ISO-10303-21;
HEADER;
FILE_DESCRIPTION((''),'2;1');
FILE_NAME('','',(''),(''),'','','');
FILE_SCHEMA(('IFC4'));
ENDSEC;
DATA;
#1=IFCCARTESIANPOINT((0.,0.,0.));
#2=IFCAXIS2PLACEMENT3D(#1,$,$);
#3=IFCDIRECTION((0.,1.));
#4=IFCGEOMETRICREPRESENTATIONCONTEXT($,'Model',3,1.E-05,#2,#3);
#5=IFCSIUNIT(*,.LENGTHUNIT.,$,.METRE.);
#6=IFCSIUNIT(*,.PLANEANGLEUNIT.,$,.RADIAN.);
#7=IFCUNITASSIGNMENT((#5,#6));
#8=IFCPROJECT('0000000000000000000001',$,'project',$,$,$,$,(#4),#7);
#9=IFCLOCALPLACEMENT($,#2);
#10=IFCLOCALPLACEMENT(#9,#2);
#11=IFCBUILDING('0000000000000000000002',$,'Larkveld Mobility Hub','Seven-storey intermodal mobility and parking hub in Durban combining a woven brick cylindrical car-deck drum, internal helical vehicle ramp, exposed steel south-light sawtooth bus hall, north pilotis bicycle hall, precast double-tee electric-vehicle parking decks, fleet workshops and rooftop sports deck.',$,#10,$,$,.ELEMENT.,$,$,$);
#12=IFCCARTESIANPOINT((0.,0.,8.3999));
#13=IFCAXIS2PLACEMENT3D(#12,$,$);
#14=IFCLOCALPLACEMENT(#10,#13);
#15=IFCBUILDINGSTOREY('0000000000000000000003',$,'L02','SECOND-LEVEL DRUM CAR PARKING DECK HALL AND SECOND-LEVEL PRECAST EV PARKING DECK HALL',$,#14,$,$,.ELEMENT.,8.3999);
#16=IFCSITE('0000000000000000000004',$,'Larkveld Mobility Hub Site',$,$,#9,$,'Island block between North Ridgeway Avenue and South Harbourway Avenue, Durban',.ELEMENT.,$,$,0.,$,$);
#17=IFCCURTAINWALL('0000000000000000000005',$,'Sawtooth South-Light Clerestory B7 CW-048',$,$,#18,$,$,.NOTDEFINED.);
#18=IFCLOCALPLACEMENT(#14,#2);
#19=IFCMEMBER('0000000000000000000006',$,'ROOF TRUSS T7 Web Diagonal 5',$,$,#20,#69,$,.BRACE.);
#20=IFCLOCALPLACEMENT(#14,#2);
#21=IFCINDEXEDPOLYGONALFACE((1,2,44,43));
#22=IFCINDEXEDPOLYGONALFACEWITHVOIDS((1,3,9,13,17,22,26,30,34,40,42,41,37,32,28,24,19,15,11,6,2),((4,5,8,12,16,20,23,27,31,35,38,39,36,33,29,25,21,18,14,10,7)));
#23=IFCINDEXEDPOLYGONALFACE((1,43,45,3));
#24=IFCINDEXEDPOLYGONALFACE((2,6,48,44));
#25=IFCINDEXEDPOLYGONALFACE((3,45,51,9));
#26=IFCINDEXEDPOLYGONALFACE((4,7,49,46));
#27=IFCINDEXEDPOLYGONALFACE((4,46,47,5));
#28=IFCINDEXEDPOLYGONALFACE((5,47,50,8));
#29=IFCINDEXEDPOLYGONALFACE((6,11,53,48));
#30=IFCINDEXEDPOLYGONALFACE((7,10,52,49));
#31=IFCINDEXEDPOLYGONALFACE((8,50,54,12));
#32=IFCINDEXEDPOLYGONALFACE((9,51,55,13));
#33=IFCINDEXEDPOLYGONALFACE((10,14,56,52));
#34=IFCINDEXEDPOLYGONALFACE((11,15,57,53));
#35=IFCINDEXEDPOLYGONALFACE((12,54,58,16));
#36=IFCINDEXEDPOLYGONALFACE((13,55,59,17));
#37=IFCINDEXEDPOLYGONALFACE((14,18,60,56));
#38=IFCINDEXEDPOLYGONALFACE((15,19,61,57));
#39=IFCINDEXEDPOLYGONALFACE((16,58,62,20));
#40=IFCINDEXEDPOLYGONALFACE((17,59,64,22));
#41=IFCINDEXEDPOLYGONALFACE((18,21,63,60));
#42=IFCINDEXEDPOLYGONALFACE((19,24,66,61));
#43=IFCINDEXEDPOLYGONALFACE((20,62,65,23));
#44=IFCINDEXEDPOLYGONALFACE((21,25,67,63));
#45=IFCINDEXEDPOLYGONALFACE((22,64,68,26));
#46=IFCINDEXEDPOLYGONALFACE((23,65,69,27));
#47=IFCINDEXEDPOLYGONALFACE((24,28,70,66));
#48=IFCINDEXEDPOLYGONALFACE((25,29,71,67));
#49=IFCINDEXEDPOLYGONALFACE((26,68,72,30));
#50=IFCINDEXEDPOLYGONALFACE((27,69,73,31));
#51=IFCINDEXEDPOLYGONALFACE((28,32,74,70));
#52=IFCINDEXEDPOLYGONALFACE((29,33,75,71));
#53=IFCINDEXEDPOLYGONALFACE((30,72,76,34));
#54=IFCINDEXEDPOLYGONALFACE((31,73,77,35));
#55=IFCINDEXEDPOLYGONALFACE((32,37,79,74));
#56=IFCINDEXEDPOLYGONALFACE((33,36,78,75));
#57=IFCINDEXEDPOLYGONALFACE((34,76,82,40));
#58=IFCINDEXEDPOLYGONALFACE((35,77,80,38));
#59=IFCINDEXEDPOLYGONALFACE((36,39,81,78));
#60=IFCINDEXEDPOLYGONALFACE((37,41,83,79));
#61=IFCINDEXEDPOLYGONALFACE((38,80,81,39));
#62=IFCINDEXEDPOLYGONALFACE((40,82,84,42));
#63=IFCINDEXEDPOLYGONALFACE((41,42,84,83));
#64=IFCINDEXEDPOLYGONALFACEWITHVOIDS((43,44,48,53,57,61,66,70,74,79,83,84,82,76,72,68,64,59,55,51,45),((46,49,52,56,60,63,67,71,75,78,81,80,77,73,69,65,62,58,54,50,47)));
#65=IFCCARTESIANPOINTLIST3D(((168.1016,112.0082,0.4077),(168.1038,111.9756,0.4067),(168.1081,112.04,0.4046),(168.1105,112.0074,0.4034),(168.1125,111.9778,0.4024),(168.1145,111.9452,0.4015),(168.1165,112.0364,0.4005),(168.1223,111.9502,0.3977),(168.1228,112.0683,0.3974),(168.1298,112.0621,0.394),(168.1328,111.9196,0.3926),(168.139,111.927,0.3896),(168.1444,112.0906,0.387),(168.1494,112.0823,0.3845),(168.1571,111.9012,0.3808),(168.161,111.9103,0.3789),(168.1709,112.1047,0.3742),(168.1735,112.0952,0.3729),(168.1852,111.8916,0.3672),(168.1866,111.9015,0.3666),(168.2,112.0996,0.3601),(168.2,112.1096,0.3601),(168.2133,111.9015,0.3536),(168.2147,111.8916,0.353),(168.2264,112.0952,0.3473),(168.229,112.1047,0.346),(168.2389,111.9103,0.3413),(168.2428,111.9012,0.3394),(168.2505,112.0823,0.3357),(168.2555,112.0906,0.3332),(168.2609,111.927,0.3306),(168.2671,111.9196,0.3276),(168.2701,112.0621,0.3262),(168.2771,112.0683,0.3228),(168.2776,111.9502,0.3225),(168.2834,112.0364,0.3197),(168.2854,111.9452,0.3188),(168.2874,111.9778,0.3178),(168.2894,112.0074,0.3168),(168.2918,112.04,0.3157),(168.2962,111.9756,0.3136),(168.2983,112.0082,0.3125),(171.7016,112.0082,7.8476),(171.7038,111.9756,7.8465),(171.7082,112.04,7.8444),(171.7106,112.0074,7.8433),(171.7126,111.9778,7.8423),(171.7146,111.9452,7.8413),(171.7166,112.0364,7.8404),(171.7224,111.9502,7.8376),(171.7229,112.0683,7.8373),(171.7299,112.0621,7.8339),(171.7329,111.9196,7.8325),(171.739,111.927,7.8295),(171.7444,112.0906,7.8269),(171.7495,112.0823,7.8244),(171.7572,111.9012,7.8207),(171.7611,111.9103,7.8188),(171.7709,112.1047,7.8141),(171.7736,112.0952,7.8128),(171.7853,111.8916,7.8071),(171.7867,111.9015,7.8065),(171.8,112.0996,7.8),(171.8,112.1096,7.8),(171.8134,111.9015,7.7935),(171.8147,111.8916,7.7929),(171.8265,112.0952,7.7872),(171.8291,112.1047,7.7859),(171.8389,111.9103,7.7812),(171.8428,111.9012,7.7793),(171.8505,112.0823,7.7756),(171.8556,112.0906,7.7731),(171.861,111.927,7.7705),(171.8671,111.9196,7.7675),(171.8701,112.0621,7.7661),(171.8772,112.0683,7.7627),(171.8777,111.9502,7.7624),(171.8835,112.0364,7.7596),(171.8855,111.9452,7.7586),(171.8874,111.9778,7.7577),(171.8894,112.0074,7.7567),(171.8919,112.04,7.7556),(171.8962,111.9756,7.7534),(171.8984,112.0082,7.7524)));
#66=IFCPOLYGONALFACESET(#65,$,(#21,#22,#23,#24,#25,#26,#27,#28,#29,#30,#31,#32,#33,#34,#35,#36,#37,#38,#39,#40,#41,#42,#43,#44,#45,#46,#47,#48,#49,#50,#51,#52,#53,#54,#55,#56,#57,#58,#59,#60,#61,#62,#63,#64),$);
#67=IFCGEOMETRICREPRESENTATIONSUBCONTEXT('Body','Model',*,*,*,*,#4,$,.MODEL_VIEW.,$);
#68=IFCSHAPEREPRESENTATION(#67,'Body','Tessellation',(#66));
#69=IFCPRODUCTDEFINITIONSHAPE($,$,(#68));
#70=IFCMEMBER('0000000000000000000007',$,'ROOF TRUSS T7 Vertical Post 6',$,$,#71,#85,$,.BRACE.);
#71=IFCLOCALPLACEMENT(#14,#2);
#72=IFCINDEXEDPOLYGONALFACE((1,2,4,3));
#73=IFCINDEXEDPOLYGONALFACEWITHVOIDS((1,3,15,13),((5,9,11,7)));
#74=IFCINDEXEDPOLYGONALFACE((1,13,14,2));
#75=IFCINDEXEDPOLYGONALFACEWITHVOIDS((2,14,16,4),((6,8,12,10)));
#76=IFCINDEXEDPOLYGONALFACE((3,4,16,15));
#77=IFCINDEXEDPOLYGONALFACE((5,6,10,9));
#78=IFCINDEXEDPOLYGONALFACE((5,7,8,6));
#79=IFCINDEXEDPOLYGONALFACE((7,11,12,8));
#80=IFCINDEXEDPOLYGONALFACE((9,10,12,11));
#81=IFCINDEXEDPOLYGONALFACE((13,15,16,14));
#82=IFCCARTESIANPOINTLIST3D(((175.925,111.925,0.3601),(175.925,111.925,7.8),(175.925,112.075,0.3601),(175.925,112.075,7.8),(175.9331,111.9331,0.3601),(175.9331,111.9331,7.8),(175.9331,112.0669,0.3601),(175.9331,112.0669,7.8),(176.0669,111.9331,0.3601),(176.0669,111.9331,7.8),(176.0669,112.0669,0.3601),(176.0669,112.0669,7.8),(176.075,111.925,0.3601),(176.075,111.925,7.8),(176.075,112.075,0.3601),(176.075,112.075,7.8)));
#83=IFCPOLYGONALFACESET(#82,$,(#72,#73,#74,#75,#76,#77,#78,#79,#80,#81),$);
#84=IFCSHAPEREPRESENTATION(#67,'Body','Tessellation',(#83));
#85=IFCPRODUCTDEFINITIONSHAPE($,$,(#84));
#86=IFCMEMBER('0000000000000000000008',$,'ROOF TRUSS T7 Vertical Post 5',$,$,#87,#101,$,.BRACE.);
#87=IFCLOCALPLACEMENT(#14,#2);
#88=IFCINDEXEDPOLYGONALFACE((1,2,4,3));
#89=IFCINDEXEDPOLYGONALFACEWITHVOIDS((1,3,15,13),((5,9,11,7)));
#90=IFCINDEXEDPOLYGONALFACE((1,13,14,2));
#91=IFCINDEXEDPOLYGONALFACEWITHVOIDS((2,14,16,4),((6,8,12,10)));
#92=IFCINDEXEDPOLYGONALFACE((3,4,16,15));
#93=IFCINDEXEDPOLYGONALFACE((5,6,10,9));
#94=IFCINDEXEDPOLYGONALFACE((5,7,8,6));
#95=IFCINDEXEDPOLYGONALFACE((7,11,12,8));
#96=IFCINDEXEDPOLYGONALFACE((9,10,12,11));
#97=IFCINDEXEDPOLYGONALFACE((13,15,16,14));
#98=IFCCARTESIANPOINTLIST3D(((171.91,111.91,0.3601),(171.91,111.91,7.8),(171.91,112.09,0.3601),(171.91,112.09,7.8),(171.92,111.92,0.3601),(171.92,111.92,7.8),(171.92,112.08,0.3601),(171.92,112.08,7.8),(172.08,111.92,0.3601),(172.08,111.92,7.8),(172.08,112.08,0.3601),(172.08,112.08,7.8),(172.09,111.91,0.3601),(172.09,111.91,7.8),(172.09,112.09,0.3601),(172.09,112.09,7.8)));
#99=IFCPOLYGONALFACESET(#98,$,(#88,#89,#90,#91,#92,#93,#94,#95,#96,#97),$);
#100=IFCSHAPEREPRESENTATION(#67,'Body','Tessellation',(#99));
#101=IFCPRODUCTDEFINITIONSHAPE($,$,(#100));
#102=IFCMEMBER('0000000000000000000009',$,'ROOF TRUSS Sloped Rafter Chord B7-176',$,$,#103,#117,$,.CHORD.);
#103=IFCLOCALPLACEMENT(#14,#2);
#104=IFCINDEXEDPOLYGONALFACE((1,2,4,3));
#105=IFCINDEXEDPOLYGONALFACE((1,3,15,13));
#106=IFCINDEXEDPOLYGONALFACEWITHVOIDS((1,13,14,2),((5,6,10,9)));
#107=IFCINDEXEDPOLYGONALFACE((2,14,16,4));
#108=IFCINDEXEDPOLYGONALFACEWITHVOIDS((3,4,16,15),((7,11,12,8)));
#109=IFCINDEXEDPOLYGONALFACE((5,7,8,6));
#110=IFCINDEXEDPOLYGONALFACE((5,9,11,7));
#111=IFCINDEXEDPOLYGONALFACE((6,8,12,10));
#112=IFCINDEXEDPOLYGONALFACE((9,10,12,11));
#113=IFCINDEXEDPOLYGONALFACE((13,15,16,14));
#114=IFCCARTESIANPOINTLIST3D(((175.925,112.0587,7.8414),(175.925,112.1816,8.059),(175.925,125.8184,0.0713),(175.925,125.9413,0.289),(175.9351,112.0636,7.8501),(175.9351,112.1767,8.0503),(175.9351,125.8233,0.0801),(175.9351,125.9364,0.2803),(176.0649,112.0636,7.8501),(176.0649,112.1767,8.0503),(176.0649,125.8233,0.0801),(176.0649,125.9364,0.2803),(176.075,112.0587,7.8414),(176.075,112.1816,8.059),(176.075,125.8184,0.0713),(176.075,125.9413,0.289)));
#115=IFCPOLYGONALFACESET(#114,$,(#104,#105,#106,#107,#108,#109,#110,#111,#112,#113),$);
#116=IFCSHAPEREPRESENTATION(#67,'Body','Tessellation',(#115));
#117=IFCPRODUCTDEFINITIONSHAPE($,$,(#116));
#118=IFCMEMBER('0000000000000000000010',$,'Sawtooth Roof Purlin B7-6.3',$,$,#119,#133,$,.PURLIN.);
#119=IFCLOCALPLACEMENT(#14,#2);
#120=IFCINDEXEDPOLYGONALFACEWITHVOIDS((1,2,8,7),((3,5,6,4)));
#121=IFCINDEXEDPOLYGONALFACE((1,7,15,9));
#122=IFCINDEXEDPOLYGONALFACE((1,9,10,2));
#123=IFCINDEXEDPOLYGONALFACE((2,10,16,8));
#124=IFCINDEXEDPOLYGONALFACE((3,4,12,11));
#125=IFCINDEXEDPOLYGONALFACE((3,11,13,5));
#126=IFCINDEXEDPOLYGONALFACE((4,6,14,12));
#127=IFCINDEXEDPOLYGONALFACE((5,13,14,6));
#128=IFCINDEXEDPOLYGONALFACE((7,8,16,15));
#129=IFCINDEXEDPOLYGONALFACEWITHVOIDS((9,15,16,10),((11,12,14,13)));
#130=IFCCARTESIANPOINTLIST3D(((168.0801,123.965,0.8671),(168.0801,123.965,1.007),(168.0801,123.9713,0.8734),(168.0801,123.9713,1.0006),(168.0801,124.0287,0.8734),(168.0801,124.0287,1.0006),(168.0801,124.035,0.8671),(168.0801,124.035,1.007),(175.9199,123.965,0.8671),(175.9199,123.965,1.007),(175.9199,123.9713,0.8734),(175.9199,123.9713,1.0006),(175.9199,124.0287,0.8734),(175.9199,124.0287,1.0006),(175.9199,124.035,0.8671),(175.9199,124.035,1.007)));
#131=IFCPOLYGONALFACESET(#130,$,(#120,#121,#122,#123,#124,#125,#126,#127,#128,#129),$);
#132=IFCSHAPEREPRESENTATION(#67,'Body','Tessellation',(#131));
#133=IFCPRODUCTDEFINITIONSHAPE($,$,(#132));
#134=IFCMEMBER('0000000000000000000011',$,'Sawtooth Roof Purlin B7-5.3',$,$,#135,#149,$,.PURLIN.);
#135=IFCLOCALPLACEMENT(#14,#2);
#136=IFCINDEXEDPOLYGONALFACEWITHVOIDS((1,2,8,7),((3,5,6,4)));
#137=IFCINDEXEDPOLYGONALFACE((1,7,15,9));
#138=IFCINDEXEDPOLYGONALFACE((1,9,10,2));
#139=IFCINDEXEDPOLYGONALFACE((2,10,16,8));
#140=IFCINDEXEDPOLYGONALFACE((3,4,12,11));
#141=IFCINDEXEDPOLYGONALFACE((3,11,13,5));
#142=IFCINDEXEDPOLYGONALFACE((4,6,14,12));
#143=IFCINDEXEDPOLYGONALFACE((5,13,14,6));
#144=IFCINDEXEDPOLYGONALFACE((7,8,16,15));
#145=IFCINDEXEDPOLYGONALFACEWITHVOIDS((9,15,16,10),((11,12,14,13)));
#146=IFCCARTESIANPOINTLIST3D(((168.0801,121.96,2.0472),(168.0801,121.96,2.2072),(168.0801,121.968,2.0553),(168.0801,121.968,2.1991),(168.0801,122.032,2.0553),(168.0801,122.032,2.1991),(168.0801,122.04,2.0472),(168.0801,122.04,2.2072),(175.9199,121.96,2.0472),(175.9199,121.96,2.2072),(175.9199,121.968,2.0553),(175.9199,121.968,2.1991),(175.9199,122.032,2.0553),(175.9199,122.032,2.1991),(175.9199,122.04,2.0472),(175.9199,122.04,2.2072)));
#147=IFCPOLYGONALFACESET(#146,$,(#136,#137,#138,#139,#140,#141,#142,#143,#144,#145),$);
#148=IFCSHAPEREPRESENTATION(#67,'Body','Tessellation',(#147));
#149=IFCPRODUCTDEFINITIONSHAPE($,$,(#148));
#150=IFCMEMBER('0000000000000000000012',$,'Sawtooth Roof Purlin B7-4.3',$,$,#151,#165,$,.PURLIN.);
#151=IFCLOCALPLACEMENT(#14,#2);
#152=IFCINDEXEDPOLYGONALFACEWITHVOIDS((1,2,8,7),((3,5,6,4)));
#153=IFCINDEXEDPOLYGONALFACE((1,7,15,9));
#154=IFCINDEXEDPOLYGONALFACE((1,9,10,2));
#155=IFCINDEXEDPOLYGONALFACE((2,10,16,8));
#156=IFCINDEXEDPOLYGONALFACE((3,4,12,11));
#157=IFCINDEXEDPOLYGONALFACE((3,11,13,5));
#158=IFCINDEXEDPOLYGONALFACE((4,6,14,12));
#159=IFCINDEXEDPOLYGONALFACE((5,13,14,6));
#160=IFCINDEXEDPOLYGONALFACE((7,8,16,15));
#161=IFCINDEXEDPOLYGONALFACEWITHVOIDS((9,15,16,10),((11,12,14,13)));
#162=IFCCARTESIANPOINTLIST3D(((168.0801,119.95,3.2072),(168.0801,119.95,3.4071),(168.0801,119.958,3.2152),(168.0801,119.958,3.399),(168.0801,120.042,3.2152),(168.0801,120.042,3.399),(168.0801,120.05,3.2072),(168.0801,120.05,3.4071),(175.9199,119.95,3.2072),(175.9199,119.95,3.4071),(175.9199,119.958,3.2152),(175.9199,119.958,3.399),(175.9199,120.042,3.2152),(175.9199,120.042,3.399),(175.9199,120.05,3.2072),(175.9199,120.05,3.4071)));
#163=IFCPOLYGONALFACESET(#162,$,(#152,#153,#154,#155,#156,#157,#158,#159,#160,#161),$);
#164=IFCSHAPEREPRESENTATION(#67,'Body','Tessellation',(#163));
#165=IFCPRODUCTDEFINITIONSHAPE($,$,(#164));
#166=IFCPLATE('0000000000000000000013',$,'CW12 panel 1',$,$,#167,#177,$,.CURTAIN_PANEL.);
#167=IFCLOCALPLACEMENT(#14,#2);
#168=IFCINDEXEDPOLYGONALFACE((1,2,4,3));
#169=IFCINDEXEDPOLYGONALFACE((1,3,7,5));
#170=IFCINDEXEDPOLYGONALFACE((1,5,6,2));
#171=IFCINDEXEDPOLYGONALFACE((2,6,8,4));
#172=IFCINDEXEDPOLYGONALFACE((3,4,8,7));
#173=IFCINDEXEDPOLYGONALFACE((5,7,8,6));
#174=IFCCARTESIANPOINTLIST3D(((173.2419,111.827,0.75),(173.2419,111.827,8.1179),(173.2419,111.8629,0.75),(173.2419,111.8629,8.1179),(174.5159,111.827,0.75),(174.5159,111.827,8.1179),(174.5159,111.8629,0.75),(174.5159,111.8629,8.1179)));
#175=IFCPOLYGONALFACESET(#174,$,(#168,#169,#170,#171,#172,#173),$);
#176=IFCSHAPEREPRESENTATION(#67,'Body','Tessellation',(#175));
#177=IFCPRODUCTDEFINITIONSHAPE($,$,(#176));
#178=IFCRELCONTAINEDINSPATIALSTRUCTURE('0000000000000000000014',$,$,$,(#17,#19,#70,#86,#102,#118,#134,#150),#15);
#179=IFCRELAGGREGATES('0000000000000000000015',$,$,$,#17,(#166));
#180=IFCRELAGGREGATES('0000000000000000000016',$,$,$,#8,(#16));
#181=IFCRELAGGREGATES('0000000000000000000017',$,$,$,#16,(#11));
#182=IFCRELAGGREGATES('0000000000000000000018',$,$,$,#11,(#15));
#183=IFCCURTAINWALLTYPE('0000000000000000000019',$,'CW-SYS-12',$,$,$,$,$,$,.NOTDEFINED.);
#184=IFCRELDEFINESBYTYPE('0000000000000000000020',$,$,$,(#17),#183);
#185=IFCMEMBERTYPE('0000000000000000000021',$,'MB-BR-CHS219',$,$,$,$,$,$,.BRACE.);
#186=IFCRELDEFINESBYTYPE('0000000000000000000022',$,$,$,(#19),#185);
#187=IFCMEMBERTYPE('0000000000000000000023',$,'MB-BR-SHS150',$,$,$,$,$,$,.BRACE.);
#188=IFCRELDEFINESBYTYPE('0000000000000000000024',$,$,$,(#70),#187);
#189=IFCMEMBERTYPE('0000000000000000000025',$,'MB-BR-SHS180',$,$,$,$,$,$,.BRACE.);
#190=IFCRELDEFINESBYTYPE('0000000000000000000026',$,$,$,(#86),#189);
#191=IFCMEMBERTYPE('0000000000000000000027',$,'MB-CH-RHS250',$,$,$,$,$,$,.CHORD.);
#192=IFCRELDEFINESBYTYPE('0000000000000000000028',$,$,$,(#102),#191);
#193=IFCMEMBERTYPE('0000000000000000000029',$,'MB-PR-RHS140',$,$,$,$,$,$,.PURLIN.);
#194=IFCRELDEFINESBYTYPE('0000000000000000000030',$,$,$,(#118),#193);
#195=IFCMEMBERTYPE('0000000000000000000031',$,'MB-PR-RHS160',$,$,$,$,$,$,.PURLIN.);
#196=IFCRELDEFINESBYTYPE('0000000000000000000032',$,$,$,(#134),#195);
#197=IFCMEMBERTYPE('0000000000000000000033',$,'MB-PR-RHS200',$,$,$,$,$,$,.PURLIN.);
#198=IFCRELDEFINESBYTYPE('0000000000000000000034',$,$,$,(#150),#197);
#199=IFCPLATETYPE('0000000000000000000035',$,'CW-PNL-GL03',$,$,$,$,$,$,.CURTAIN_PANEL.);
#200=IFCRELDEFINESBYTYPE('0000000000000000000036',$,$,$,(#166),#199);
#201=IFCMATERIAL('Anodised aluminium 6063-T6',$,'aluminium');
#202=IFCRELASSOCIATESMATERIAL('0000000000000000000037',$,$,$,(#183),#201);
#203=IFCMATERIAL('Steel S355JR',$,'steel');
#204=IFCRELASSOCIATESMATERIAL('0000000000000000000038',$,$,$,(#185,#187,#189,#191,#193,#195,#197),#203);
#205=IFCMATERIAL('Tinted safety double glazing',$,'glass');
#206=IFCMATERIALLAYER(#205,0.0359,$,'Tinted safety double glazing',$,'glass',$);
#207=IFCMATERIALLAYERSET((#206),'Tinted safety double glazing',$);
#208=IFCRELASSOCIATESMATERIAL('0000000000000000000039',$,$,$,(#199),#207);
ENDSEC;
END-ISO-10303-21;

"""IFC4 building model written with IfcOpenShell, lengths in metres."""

from ifc_helpers import new_model, si_unit, direction, frame, origin, origin_2d, place, context, subcontext, project, spatial, rectangle, hollow_rectangle, hollow_circle, extrude, material, layer, layer_set, material_profile, profile_set, type_object, element, aggregate, save


model = new_model("IFC4")

# Units and contexts
model_context = context("Model", 3, precision=1e-05, world=origin(), true_north=direction((0.0, 1.0)))
body_context = subcontext(model_context, "Body", "Model", "MODEL_VIEW")
ifc_project = project(units=[si_unit("LENGTHUNIT", "METRE"), si_unit("PLANEANGLEUNIT", "RADIAN")], contexts=[model_context])

# Site, building, storey
site_placement = place(None, origin())
site = spatial("IfcSite", under=ifc_project, at=site_placement, Name="Larkveld Mobility Hub Site", LongName="Island block between North Ridgeway Avenue and South Harbourway Avenue, Durban", CompositionType="ELEMENT", RefElevation=0.0)
building_placement = place(site_placement, origin())
building = spatial("IfcBuilding", under=site, at=building_placement, Name="Larkveld Mobility Hub", Description="Seven-storey intermodal mobility and parking hub in Durban combining a woven brick cylindrical car-deck drum, internal helical vehicle ramp, exposed steel south-light sawtooth bus hall, north pilotis bicycle hall, precast double-tee electric-vehicle parking decks, fleet workshops and rooftop sports deck.", CompositionType="ELEMENT")
storey_placement = place(building_placement, frame((0.0, 0.0, 8.3999)))
storey = spatial("IfcBuildingStorey", under=building, at=storey_placement, Name="L02", Description="SECOND-LEVEL DRUM CAR PARKING DECK HALL AND SECOND-LEVEL PRECAST EV PARKING DECK HALL", CompositionType="ELEMENT", Elevation=8.3999)

# Curtain wall
ifc_material_1 = material(Name="Anodised aluminium 6063-T6", Category="aluminium")
curtain_wall_type = type_object("IfcCurtainWallType", Name="CW-SYS-12", PredefinedType="NOTDEFINED", material=ifc_material_1)
curtain_wall_placement = place(storey_placement, origin())
curtain_wall = element("IfcCurtainWall", 1, at=curtain_wall_placement, inside=storey, type_object=curtain_wall_type, Name="Sawtooth South-Light Clerestory B7 CW-048", PredefinedType="NOTDEFINED")

# Members
ifc_material_2 = material(Name="Steel S355JR", Category="steel")
ifc_material_profile_1 = material_profile(ifc_material_2, hollow_circle(Radius=0.1096, WallThickness=0.01, at=origin_2d()), Name="CHS 219.1x10")
ifc_profile_set_1 = profile_set([ifc_material_profile_1], Name="Steel S355JR")
member_type_1 = type_object("IfcMemberType", Name="MB-BR-CHS219", PredefinedType="BRACE", material=ifc_profile_set_1)
member_1_placement = place(storey_placement, frame((168.2, 112.0, 0.3601), z_axis=(0.435573, 0.0, 0.900153), x_axis=(0.0, 1.0, 0.0)))
element("IfcMember", 2, at=member_1_placement, inside=storey, type_object=member_type_1, Name="ROOF TRUSS T7 Web Diagonal 5", PredefinedType="BRACE", context=body_context, shape_type="SweptSolid", body=[
    extrude(hollow_circle(Radius=0.1096, WallThickness=0.01, at=origin_2d()), origin(), (0.0, 0.0, 1.0), 8.2651),
])
ifc_material_profile_2 = material_profile(ifc_material_2, hollow_rectangle(XDim=0.1499, YDim=0.1499, WallThickness=0.0081, at=origin_2d()), Name="SHS 150x150x8")
ifc_profile_set_2 = profile_set([ifc_material_profile_2], Name="Steel S355JR")
member_type_2 = type_object("IfcMemberType", Name="MB-BR-SHS150", PredefinedType="BRACE", material=ifc_profile_set_2)
member_2_placement = place(storey_placement, frame((176.0, 112.0, 0.3601), z_axis=(0.0, 0.0, 1.0), x_axis=(1.0, 0.0, 0.0)))
element("IfcMember", 3, at=member_2_placement, inside=storey, type_object=member_type_2, Name="ROOF TRUSS T7 Vertical Post 6", PredefinedType="BRACE", context=body_context, shape_type="SweptSolid", body=[
    extrude(hollow_rectangle(XDim=0.1499, YDim=0.1499, WallThickness=0.0081, at=origin_2d()), origin(), (0.0, 0.0, 1.0), 7.4399),
])
ifc_material_profile_3 = material_profile(ifc_material_2, hollow_rectangle(XDim=0.1799, YDim=0.1799, WallThickness=0.01, at=origin_2d()), Name="SHS 180x180x10")
ifc_profile_set_3 = profile_set([ifc_material_profile_3], Name="Steel S355JR")
member_type_3 = type_object("IfcMemberType", Name="MB-BR-SHS180", PredefinedType="BRACE", material=ifc_profile_set_3)
member_3_placement = place(storey_placement, frame((172.0, 112.0, 0.3601), z_axis=(0.0, 0.0, 1.0), x_axis=(1.0, 0.0, 0.0)))
element("IfcMember", 4, at=member_3_placement, inside=storey, type_object=member_type_3, Name="ROOF TRUSS T7 Vertical Post 5", PredefinedType="BRACE", context=body_context, shape_type="SweptSolid", body=[
    extrude(hollow_rectangle(XDim=0.1799, YDim=0.1799, WallThickness=0.01, at=origin_2d()), origin(), (0.0, 0.0, 1.0), 7.4399),
])
ifc_material_profile_4 = material_profile(ifc_material_2, hollow_rectangle(XDim=0.1499, YDim=0.25, WallThickness=0.01, at=origin_2d()), Name="RHS 250x150x10")
ifc_profile_set_4 = profile_set([ifc_material_profile_4], Name="Steel S355JR")
member_type_4 = type_object("IfcMemberType", Name="MB-CH-RHS250", PredefinedType="CHORD", material=ifc_profile_set_4)
member_4_placement = place(storey_placement, frame((176.0, 112.1201, 7.9502), z_axis=(0.0, 0.870759, -0.49171), x_axis=(-1.0, 0.0, 0.0)))
element("IfcMember", 5, at=member_4_placement, inside=storey, type_object=member_type_4, Name="ROOF TRUSS Sloped Rafter Chord B7-176", PredefinedType="CHORD", context=body_context, shape_type="SweptSolid", body=[
    extrude(hollow_rectangle(XDim=0.1499, YDim=0.25, WallThickness=0.01, at=origin_2d()), origin(), (0.0, 0.0, 1.0), 15.802),
])
ifc_material_profile_5 = material_profile(ifc_material_2, hollow_rectangle(XDim=0.0701, YDim=0.1399, WallThickness=0.0063, at=origin_2d()), Name="RHS 140x70x6.3")
ifc_profile_set_5 = profile_set([ifc_material_profile_5], Name="Steel S355JR")
member_type_5 = type_object("IfcMemberType", Name="MB-PR-RHS140", PredefinedType="PURLIN", material=ifc_profile_set_5)
member_5_placement = place(storey_placement, frame((168.0801, 124.0, 0.937), z_axis=(1.0, 0.0, 0.0), x_axis=(0.0, 1.0, 0.0)))
element("IfcMember", 6, at=member_5_placement, inside=storey, type_object=member_type_5, Name="Sawtooth Roof Purlin B7-6.3", PredefinedType="PURLIN", context=body_context, shape_type="SweptSolid", body=[
    extrude(hollow_rectangle(XDim=0.0701, YDim=0.1399, WallThickness=0.0063, at=origin_2d()), origin(), (0.0, 0.0, 1.0), 7.8398),
])
ifc_material_profile_6 = material_profile(ifc_material_2, hollow_rectangle(XDim=0.0801, YDim=0.1599, WallThickness=0.0081, at=origin_2d()), Name="RHS 160x80x8")
ifc_profile_set_6 = profile_set([ifc_material_profile_6], Name="Steel S355JR")
member_type_6 = type_object("IfcMemberType", Name="MB-PR-RHS160", PredefinedType="PURLIN", material=ifc_profile_set_6)
member_6_placement = place(storey_placement, frame((168.0801, 122.0, 2.1272), z_axis=(1.0, 0.0, 0.0), x_axis=(0.0, 1.0, 0.0)))
element("IfcMember", 7, at=member_6_placement, inside=storey, type_object=member_type_6, Name="Sawtooth Roof Purlin B7-5.3", PredefinedType="PURLIN", context=body_context, shape_type="SweptSolid", body=[
    extrude(hollow_rectangle(XDim=0.0801, YDim=0.1599, WallThickness=0.0081, at=origin_2d()), origin(), (0.0, 0.0, 1.0), 7.8398),
])
ifc_material_profile_7 = material_profile(ifc_material_2, hollow_rectangle(XDim=0.1001, YDim=0.2, WallThickness=0.0081, at=origin_2d()), Name="RHS 200x100x8")
ifc_profile_set_7 = profile_set([ifc_material_profile_7], Name="Steel S355JR")
member_type_7 = type_object("IfcMemberType", Name="MB-PR-RHS200", PredefinedType="PURLIN", material=ifc_profile_set_7)
member_7_placement = place(storey_placement, frame((168.0801, 120.0, 3.3071), z_axis=(1.0, 0.0, 0.0), x_axis=(0.0, 1.0, 0.0)))
element("IfcMember", 8, at=member_7_placement, inside=storey, type_object=member_type_7, Name="Sawtooth Roof Purlin B7-4.3", PredefinedType="PURLIN", context=body_context, shape_type="SweptSolid", body=[
    extrude(hollow_rectangle(XDim=0.1001, YDim=0.2, WallThickness=0.0081, at=origin_2d()), origin(), (0.0, 0.0, 1.0), 7.8398),
])

# Plate
ifc_material_3 = material(Name="Tinted safety double glazing", Category="glass")
ifc_layer_1 = layer(ifc_material_3, 0.0359, Name="Tinted safety double glazing", Category="glass")
ifc_layer_set_1 = layer_set([ifc_layer_1], Name="Tinted safety double glazing")
plate_type_1 = type_object("IfcPlateType", Name="CW-PNL-GL03", PredefinedType="CURTAIN_PANEL", material=ifc_layer_set_1)
plate_1_placement = place(storey_placement, frame((173.8789, 111.845, 0.75), z_axis=(0.0, 0.0, 1.0), x_axis=(1.0, 0.0, 0.0)))
plate_1 = element("IfcPlate", 9, at=plate_1_placement, type_object=plate_type_1, Name="CW12 panel 1", PredefinedType="CURTAIN_PANEL", context=body_context, shape_type="SweptSolid", body=[
    extrude(rectangle(XDim=1.2739, YDim=0.0359, at=origin_2d()), origin(), (0.0, 0.0, 1.0), 7.3679),
])
aggregate(curtain_wall, [plate_1])

save(model, "model.ifc")
